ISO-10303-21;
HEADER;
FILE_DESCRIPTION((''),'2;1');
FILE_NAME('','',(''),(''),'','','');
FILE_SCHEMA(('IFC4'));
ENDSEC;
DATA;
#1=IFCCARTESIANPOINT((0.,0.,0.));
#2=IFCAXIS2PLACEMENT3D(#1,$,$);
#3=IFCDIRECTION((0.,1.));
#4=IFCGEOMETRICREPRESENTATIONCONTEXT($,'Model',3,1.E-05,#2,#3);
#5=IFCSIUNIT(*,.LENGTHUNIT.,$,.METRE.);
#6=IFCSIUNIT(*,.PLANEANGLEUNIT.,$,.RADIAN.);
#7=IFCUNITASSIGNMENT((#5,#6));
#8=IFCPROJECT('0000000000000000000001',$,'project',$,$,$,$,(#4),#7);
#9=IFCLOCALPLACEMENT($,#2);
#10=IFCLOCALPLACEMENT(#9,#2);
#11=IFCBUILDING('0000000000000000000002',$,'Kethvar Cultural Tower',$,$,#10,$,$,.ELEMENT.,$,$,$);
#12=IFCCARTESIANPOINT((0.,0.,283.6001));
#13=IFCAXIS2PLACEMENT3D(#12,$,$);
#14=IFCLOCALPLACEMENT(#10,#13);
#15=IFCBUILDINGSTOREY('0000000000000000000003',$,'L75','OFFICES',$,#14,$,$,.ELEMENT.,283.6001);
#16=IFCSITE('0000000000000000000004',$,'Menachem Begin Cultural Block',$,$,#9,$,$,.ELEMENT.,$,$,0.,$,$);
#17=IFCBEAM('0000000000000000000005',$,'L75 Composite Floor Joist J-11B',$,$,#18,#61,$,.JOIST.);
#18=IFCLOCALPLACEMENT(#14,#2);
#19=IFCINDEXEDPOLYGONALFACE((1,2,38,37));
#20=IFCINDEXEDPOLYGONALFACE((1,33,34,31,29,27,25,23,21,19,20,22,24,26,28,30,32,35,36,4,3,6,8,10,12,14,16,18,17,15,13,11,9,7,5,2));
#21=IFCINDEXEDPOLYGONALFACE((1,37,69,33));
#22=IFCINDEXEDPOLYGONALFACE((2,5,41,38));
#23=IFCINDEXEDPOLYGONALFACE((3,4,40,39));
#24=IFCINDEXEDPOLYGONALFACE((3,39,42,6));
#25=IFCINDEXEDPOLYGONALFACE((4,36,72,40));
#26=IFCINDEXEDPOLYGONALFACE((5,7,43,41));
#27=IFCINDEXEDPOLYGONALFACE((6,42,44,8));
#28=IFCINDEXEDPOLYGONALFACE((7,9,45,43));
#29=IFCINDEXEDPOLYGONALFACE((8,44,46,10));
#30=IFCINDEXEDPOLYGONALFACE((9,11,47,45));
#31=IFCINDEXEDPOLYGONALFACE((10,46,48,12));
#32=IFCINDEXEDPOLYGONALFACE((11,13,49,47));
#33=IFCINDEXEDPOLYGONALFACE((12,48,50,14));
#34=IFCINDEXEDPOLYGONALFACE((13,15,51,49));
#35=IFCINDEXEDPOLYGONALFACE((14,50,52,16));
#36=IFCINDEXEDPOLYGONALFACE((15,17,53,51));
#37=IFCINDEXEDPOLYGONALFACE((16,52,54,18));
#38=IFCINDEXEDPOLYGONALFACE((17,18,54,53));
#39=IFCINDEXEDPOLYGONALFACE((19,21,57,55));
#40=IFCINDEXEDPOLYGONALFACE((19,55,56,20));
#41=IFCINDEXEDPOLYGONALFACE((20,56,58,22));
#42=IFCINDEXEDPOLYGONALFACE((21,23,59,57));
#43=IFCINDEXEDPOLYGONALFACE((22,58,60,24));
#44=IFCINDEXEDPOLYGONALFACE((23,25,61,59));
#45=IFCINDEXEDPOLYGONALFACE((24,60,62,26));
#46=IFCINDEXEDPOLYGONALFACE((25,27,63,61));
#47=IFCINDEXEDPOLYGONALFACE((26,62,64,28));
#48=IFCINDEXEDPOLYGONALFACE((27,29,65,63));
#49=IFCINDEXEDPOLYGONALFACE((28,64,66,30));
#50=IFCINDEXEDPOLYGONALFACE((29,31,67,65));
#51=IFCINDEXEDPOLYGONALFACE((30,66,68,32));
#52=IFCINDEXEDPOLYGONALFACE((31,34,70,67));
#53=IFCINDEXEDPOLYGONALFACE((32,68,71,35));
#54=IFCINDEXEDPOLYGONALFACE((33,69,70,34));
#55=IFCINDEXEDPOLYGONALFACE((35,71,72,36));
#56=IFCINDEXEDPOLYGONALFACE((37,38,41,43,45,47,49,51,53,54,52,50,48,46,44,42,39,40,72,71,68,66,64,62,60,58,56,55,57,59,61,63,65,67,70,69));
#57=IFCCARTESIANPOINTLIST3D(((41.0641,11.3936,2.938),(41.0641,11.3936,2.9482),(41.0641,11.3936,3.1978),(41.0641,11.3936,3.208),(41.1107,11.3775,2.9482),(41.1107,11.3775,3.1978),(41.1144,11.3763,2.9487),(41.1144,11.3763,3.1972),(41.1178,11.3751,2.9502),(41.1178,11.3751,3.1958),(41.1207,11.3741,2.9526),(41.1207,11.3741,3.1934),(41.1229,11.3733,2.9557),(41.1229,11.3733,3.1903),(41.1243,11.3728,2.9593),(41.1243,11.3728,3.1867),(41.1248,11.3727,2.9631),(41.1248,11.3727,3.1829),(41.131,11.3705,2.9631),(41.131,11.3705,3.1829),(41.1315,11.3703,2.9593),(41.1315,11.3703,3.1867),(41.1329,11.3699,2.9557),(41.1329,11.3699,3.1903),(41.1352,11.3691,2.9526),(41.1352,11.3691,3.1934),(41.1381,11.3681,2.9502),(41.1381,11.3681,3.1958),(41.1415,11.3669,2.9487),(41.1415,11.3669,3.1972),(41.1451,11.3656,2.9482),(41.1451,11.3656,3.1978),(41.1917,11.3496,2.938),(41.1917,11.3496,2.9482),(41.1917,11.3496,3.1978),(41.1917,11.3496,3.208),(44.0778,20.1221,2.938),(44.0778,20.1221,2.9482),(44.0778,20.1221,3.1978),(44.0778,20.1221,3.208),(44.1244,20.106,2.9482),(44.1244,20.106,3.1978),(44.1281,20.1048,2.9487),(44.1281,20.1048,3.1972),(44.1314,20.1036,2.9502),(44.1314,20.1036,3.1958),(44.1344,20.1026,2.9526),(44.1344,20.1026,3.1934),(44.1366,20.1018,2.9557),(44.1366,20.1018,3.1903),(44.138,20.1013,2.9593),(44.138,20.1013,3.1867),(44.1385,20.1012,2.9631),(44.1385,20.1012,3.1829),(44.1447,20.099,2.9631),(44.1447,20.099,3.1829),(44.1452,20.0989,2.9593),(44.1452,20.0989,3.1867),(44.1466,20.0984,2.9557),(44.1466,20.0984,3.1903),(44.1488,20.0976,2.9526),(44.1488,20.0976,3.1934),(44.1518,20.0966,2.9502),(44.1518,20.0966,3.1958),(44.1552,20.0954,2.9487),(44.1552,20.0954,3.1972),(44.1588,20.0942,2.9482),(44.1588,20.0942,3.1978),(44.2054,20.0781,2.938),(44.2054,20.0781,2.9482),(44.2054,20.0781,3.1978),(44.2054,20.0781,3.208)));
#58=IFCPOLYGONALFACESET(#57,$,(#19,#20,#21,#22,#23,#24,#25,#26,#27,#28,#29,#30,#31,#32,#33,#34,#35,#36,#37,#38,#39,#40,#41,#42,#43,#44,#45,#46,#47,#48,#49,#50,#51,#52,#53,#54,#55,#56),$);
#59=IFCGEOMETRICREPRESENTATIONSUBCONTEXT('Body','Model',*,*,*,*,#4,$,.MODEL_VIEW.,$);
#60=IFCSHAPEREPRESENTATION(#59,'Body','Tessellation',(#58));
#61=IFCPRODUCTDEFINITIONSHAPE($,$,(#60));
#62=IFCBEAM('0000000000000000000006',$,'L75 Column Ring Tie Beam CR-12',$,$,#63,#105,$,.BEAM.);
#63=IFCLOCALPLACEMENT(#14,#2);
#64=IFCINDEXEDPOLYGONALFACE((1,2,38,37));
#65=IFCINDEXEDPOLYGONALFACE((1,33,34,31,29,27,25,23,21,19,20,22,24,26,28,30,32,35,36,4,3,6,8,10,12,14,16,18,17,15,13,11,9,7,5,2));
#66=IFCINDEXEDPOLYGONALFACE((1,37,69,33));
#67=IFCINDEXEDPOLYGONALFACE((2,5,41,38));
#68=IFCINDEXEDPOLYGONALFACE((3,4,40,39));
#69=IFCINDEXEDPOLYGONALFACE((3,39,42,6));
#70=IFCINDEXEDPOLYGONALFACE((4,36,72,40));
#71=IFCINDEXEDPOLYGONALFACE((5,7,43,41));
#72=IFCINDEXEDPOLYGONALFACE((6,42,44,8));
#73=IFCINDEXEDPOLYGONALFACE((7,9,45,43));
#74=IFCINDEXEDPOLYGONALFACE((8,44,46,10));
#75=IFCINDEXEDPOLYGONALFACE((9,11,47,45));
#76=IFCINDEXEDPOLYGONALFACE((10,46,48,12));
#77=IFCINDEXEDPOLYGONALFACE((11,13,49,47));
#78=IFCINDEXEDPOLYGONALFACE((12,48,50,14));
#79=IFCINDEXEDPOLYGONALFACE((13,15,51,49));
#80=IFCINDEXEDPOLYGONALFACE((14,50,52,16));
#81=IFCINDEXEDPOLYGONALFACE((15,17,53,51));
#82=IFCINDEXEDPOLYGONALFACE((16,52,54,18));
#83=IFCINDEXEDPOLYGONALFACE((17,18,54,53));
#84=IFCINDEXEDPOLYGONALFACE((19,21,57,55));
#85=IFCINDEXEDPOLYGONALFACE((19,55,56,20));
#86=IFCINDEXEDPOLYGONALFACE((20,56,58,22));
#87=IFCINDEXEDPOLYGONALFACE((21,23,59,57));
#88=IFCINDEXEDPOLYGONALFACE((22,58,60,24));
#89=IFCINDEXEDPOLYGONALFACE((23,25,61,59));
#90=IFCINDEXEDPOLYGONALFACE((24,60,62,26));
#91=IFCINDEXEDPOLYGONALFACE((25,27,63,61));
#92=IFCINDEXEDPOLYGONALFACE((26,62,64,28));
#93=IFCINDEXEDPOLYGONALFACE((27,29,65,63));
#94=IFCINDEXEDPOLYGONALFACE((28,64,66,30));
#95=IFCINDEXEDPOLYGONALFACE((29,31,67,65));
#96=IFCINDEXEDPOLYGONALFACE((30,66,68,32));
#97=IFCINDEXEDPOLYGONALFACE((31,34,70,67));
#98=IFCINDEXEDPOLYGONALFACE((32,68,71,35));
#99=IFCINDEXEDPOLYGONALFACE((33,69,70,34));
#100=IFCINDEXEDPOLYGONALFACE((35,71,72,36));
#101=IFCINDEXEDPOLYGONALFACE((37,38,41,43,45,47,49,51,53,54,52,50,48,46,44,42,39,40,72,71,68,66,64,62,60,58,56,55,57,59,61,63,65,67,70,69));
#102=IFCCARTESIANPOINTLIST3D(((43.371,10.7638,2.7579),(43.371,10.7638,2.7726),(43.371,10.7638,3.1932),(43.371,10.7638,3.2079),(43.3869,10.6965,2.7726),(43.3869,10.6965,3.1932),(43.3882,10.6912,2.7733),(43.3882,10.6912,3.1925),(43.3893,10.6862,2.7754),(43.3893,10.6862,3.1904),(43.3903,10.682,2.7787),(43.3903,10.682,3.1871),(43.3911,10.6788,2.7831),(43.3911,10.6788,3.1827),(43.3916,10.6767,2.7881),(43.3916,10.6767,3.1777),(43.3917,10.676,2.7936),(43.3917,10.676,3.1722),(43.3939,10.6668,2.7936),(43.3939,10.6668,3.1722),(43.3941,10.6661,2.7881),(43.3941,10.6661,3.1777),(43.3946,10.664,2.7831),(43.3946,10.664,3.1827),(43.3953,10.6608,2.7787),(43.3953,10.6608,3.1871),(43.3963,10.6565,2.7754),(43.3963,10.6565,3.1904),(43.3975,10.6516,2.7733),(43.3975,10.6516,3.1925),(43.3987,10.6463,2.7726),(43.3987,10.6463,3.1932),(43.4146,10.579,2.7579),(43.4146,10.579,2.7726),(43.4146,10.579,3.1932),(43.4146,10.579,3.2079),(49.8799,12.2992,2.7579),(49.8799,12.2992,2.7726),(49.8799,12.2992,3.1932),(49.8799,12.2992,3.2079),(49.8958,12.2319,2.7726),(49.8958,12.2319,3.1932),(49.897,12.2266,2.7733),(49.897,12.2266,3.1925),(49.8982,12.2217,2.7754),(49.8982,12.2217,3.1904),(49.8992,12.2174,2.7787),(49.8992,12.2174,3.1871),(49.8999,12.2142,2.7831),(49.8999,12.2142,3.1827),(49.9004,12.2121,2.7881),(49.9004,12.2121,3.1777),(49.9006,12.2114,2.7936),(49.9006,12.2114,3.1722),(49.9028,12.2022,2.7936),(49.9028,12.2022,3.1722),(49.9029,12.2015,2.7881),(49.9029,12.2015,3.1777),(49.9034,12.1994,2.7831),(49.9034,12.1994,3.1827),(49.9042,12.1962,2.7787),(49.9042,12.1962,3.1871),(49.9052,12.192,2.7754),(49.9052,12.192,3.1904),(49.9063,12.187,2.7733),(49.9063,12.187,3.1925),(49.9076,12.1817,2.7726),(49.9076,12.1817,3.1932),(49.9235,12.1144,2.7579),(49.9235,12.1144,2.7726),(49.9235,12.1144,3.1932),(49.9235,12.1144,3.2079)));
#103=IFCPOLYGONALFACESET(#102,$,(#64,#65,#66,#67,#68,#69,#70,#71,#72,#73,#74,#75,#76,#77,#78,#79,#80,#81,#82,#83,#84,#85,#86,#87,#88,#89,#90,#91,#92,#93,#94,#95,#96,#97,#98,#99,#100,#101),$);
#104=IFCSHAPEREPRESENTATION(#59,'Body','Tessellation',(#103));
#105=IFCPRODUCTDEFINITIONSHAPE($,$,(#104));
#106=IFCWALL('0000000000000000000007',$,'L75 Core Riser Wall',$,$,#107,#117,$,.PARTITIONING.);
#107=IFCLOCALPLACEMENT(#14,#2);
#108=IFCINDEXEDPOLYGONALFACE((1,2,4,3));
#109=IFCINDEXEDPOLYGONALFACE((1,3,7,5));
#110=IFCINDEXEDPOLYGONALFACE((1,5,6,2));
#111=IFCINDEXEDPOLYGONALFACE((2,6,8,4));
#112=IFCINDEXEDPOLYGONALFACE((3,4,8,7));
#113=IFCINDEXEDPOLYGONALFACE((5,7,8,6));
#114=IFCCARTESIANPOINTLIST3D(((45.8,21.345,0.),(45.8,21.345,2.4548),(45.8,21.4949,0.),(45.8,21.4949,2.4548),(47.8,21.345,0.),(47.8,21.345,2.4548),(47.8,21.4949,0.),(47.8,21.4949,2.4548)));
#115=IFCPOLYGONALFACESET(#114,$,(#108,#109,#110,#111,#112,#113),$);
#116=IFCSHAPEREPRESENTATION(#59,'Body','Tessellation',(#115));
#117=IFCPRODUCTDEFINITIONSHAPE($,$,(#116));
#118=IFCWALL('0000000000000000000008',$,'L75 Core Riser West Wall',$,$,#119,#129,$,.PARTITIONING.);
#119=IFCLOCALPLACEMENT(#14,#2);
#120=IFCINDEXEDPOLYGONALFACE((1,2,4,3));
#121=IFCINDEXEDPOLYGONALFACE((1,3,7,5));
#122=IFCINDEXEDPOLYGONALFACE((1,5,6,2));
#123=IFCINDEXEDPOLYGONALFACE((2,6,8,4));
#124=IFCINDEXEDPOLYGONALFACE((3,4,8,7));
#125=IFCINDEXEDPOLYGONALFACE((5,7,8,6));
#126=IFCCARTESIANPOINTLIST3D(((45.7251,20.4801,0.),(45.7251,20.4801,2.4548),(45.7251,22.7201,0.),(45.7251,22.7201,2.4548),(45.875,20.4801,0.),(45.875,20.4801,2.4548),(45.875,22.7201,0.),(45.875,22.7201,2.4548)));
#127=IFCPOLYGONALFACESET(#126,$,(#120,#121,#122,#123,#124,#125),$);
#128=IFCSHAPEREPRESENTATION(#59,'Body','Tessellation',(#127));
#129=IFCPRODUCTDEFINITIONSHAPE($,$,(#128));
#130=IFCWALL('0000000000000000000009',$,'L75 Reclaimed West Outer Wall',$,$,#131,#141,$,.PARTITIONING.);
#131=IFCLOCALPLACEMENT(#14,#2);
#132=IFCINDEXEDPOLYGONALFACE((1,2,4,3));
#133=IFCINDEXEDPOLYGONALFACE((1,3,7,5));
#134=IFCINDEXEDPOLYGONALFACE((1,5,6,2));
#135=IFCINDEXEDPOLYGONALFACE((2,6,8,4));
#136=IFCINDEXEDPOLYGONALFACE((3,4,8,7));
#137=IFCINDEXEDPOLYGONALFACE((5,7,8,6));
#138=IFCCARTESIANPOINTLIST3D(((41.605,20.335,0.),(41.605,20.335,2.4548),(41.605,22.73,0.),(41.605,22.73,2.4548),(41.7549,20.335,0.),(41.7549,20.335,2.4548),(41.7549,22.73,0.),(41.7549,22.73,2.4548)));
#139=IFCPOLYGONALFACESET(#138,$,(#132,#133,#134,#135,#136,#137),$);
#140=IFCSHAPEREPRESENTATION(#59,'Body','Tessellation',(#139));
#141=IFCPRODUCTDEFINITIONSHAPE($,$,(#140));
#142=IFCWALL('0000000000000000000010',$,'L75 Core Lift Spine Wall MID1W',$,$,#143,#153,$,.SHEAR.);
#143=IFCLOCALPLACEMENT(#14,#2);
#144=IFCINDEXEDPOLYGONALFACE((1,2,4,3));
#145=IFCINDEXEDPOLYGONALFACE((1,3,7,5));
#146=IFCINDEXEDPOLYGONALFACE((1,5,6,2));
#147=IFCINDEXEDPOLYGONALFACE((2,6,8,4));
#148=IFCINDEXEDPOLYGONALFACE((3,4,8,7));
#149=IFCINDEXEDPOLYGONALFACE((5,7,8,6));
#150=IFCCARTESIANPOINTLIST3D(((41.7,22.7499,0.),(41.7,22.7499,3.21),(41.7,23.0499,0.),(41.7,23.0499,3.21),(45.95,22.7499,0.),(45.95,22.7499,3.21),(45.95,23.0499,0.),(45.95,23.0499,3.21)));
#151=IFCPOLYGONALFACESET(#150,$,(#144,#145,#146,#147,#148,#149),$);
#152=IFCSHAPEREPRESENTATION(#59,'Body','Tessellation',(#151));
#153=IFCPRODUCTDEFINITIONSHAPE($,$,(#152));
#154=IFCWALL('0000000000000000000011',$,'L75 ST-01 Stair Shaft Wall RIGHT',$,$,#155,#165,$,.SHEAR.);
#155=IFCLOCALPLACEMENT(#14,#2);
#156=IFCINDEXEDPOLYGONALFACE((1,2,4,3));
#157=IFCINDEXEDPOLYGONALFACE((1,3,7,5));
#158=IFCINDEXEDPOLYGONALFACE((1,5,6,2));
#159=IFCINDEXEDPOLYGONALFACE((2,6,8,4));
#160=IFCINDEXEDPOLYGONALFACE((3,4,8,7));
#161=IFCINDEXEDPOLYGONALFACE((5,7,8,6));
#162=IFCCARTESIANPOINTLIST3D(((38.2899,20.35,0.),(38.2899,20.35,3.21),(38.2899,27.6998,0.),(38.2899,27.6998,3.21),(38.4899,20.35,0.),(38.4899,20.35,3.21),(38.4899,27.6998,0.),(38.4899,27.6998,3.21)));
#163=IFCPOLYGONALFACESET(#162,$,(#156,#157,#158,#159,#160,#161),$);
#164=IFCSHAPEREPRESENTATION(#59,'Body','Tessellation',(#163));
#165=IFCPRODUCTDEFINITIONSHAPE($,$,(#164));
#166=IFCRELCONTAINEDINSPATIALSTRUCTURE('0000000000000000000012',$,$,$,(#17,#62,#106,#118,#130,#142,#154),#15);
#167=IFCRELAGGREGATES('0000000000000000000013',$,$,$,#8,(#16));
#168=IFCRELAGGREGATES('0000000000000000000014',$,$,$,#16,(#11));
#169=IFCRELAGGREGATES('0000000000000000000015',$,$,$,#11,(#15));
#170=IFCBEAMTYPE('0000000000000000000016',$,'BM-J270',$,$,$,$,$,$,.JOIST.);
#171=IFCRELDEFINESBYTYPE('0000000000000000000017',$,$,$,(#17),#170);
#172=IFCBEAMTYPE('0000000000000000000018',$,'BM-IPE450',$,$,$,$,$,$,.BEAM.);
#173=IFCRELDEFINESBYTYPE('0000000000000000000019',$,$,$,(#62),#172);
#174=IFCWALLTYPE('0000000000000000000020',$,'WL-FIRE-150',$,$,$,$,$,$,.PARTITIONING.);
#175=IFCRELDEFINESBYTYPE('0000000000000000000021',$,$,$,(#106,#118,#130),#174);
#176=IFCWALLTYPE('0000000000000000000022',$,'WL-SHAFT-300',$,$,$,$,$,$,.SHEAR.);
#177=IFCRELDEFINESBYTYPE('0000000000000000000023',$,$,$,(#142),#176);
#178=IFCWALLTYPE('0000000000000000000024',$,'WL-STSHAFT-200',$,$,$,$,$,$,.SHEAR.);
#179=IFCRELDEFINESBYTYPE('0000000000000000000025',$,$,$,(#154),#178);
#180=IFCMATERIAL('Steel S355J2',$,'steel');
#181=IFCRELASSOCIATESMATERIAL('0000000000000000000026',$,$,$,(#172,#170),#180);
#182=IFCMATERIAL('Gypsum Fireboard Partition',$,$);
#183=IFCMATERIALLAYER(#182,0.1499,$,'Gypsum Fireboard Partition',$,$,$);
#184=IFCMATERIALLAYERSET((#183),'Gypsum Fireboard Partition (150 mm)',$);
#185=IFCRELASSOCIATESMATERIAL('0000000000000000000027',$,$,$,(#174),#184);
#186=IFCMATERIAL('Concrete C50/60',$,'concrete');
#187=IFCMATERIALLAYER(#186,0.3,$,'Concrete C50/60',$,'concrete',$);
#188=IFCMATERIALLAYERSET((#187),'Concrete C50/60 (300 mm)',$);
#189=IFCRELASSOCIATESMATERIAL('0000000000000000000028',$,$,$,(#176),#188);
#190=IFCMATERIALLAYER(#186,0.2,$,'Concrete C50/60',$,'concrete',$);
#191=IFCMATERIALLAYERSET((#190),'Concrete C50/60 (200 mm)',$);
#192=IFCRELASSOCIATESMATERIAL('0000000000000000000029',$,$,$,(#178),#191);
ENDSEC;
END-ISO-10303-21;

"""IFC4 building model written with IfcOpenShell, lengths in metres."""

from ifc_helpers import new_model, si_unit, direction, frame, frame_2d, origin, origin_2d, place, context, subcontext, project, spatial, rectangle, i_section, extrude, source, transform, mapped, material, layer, layer_set, material_profile, profile_set, type_object, element, save


model = new_model("IFC4")

# Units and contexts
model_context = context("Model", 3, precision=1e-05, world=origin(), true_north=direction((0.0, 1.0)))
body_context = subcontext(model_context, "Body", "Model", "MODEL_VIEW")
ifc_project = project(units=[si_unit("LENGTHUNIT", "METRE"), si_unit("PLANEANGLEUNIT", "RADIAN")], contexts=[model_context])

# Site, building, storey
site_placement = place(None, origin())
site = spatial("IfcSite", under=ifc_project, at=site_placement, Name="Menachem Begin Cultural Block", CompositionType="ELEMENT", RefElevation=0.0)
building_placement = place(site_placement, origin())
building = spatial("IfcBuilding", under=site, at=building_placement, Name="Kethvar Cultural Tower", CompositionType="ELEMENT")
storey_placement = place(building_placement, frame((0.0, 0.0, 283.6001)))
storey = spatial("IfcBuildingStorey", under=building, at=storey_placement, Name="L75", Description="OFFICES", CompositionType="ELEMENT", Elevation=283.6001)

# Shared definitions
ifc_material_1 = material(Name="Steel S355J2", Category="steel")

# Beams
ifc_material_profile_1 = material_profile(ifc_material_1, i_section(OverallWidth=0.1899, OverallDepth=0.45, WebThickness=0.0095, FlangeThickness=0.0146, FilletRadius=0.021, at=origin_2d()), Name="Steel S355J2 — IPE450")
ifc_profile_set_1 = profile_set([ifc_material_profile_1], Name="Steel S355J2 — IPE450")
beam_type_1 = type_object("IfcBeamType", Name="BM-IPE450", PredefinedType="BEAM", material=ifc_profile_set_1)
ifc_material_profile_2 = material_profile(ifc_material_1, i_section(OverallWidth=0.135, OverallDepth=0.27, WebThickness=0.0066, FlangeThickness=0.0103, FilletRadius=0.0149, at=origin_2d()), Name="Steel S355J2 — IPE270")
ifc_profile_set_2 = profile_set([ifc_material_profile_2], Name="Steel S355J2 — IPE270")
beam_type_2 = type_object("IfcBeamType", Name="BM-J270", PredefinedType="JOIST", material=ifc_profile_set_2)
shared_shape_1 = source(origin(), body_context, "Body", "SweptSolid", [
    extrude(i_section(OverallWidth=0.135, OverallDepth=0.27, WebThickness=0.0066, FlangeThickness=0.0103, FilletRadius=0.0149, at=origin_2d()), origin(), (0.0, 0.0, 1.0), 9.2341),
])
beam_1_placement = place(storey_placement, frame((44.1416, 20.1001, 3.073), z_axis=(-0.326362, -0.945245, 0.0), x_axis=(0.945245, -0.326362, 0.0)))
element("IfcBeam", 1, at=beam_1_placement, inside=storey, type_object=beam_type_2, Name="L75 Composite Floor Joist J-11B", PredefinedType="JOIST", context=body_context, shape_type="MappedRepresentation", body=[
    mapped(shared_shape_1, transform((0.0, 0.0, 0.0), scale=1.0)),
])
shared_shape_2 = source(origin(), body_context, "Body", "SweptSolid", [
    extrude(i_section(OverallWidth=0.1899, OverallDepth=0.45, WebThickness=0.0095, FlangeThickness=0.0146, FilletRadius=0.021, at=origin_2d()), origin(), (0.0, 0.0, 1.0), 6.6875),
])
beam_2_placement = place(storey_placement, frame((43.3928, 10.6714, 2.9829), z_axis=(0.973286, 0.229595, 0.0), x_axis=(-0.229595, 0.973286, 0.0)))
element("IfcBeam", 2, at=beam_2_placement, inside=storey, type_object=beam_type_1, Name="L75 Column Ring Tie Beam CR-12", PredefinedType="BEAM", context=body_context, shape_type="MappedRepresentation", body=[
    mapped(shared_shape_2, transform((0.0, 0.0, 0.0), scale=1.0)),
])

# Shared definitions
ifc_material_2 = material(Name="Concrete C50/60", Category="concrete")

# Walls
ifc_material_3 = material(Name="Gypsum Fireboard Partition")
ifc_layer_1 = layer(ifc_material_3, 0.1499, Name="Gypsum Fireboard Partition")
ifc_layer_set_1 = layer_set([ifc_layer_1], Name="Gypsum Fireboard Partition (150 mm)")
wall_type_1 = type_object("IfcWallType", Name="WL-FIRE-150", PredefinedType="PARTITIONING", material=ifc_layer_set_1)
wall_1_placement = place(storey_placement, frame((45.8, 21.4199, 0.0), z_axis=(0.0, 0.0, 1.0), x_axis=(1.0, 0.0, 0.0)))
element("IfcWall", 3, at=wall_1_placement, inside=storey, type_object=wall_type_1, Name="L75 Core Riser Wall", PredefinedType="PARTITIONING", context=body_context, shape_type="SweptSolid", body=[
    extrude(rectangle(XDim=2.0, YDim=0.1499, at=frame_2d((1.0, 0.0))), origin(), (0.0, 0.0, 1.0), 2.4548),
])
wall_2_placement = place(storey_placement, frame((45.8, 20.48, 0.0), z_axis=(0.0, 0.0, 1.0), x_axis=(0.0, 1.0, 0.0)))
element("IfcWall", 4, at=wall_2_placement, inside=storey, type_object=wall_type_1, Name="L75 Core Riser West Wall", PredefinedType="PARTITIONING", context=body_context, shape_type="SweptSolid", body=[
    extrude(rectangle(XDim=2.24, YDim=0.1499, at=frame_2d((1.1201, 0.0))), origin(), (0.0, 0.0, 1.0), 2.4548),
])
wall_3_placement = place(storey_placement, frame((41.6799, 20.335, 0.0), z_axis=(0.0, 0.0, 1.0), x_axis=(0.0, 1.0, 0.0)))
element("IfcWall", 5, at=wall_3_placement, inside=storey, type_object=wall_type_1, Name="L75 Reclaimed West Outer Wall", PredefinedType="PARTITIONING", context=body_context, shape_type="SweptSolid", body=[
    extrude(rectangle(XDim=2.395, YDim=0.1499, at=frame_2d((1.1975, 0.0))), origin(), (0.0, 0.0, 1.0), 2.4548),
])
ifc_layer_2 = layer(ifc_material_2, 0.3, Name="Concrete C50/60", Category="concrete")
ifc_layer_set_2 = layer_set([ifc_layer_2], Name="Concrete C50/60 (300 mm)")
wall_type_2 = type_object("IfcWallType", Name="WL-SHAFT-300", PredefinedType="SHEAR", material=ifc_layer_set_2)
wall_4_placement = place(storey_placement, frame((41.7, 22.8999, 0.0), z_axis=(0.0, 0.0, 1.0), x_axis=(1.0, 0.0, 0.0)))
element("IfcWall", 6, at=wall_4_placement, inside=storey, type_object=wall_type_2, Name="L75 Core Lift Spine Wall MID1W", PredefinedType="SHEAR", context=body_context, shape_type="SweptSolid", body=[
    extrude(rectangle(XDim=4.25, YDim=0.3, at=frame_2d((2.125, 0.0))), origin(), (0.0, 0.0, 1.0), 3.21),
])
ifc_layer_3 = layer(ifc_material_2, 0.2, Name="Concrete C50/60", Category="concrete")
ifc_layer_set_3 = layer_set([ifc_layer_3], Name="Concrete C50/60 (200 mm)")
wall_type_3 = type_object("IfcWallType", Name="WL-STSHAFT-200", PredefinedType="SHEAR", material=ifc_layer_set_3)
wall_5_placement = place(storey_placement, frame((38.3899, 20.3501, 0.0), z_axis=(0.0, 0.0, 1.0), x_axis=(0.0, 1.0, 0.0)))
element("IfcWall", 7, at=wall_5_placement, inside=storey, type_object=wall_type_3, Name="L75 ST-01 Stair Shaft Wall RIGHT", PredefinedType="SHEAR", context=body_context, shape_type="SweptSolid", body=[
    extrude(rectangle(XDim=7.3499, YDim=0.2, at=frame_2d((3.6748, 0.0))), origin(), (0.0, 0.0, 1.0), 3.21),
])

save(model, "model.ifc")
